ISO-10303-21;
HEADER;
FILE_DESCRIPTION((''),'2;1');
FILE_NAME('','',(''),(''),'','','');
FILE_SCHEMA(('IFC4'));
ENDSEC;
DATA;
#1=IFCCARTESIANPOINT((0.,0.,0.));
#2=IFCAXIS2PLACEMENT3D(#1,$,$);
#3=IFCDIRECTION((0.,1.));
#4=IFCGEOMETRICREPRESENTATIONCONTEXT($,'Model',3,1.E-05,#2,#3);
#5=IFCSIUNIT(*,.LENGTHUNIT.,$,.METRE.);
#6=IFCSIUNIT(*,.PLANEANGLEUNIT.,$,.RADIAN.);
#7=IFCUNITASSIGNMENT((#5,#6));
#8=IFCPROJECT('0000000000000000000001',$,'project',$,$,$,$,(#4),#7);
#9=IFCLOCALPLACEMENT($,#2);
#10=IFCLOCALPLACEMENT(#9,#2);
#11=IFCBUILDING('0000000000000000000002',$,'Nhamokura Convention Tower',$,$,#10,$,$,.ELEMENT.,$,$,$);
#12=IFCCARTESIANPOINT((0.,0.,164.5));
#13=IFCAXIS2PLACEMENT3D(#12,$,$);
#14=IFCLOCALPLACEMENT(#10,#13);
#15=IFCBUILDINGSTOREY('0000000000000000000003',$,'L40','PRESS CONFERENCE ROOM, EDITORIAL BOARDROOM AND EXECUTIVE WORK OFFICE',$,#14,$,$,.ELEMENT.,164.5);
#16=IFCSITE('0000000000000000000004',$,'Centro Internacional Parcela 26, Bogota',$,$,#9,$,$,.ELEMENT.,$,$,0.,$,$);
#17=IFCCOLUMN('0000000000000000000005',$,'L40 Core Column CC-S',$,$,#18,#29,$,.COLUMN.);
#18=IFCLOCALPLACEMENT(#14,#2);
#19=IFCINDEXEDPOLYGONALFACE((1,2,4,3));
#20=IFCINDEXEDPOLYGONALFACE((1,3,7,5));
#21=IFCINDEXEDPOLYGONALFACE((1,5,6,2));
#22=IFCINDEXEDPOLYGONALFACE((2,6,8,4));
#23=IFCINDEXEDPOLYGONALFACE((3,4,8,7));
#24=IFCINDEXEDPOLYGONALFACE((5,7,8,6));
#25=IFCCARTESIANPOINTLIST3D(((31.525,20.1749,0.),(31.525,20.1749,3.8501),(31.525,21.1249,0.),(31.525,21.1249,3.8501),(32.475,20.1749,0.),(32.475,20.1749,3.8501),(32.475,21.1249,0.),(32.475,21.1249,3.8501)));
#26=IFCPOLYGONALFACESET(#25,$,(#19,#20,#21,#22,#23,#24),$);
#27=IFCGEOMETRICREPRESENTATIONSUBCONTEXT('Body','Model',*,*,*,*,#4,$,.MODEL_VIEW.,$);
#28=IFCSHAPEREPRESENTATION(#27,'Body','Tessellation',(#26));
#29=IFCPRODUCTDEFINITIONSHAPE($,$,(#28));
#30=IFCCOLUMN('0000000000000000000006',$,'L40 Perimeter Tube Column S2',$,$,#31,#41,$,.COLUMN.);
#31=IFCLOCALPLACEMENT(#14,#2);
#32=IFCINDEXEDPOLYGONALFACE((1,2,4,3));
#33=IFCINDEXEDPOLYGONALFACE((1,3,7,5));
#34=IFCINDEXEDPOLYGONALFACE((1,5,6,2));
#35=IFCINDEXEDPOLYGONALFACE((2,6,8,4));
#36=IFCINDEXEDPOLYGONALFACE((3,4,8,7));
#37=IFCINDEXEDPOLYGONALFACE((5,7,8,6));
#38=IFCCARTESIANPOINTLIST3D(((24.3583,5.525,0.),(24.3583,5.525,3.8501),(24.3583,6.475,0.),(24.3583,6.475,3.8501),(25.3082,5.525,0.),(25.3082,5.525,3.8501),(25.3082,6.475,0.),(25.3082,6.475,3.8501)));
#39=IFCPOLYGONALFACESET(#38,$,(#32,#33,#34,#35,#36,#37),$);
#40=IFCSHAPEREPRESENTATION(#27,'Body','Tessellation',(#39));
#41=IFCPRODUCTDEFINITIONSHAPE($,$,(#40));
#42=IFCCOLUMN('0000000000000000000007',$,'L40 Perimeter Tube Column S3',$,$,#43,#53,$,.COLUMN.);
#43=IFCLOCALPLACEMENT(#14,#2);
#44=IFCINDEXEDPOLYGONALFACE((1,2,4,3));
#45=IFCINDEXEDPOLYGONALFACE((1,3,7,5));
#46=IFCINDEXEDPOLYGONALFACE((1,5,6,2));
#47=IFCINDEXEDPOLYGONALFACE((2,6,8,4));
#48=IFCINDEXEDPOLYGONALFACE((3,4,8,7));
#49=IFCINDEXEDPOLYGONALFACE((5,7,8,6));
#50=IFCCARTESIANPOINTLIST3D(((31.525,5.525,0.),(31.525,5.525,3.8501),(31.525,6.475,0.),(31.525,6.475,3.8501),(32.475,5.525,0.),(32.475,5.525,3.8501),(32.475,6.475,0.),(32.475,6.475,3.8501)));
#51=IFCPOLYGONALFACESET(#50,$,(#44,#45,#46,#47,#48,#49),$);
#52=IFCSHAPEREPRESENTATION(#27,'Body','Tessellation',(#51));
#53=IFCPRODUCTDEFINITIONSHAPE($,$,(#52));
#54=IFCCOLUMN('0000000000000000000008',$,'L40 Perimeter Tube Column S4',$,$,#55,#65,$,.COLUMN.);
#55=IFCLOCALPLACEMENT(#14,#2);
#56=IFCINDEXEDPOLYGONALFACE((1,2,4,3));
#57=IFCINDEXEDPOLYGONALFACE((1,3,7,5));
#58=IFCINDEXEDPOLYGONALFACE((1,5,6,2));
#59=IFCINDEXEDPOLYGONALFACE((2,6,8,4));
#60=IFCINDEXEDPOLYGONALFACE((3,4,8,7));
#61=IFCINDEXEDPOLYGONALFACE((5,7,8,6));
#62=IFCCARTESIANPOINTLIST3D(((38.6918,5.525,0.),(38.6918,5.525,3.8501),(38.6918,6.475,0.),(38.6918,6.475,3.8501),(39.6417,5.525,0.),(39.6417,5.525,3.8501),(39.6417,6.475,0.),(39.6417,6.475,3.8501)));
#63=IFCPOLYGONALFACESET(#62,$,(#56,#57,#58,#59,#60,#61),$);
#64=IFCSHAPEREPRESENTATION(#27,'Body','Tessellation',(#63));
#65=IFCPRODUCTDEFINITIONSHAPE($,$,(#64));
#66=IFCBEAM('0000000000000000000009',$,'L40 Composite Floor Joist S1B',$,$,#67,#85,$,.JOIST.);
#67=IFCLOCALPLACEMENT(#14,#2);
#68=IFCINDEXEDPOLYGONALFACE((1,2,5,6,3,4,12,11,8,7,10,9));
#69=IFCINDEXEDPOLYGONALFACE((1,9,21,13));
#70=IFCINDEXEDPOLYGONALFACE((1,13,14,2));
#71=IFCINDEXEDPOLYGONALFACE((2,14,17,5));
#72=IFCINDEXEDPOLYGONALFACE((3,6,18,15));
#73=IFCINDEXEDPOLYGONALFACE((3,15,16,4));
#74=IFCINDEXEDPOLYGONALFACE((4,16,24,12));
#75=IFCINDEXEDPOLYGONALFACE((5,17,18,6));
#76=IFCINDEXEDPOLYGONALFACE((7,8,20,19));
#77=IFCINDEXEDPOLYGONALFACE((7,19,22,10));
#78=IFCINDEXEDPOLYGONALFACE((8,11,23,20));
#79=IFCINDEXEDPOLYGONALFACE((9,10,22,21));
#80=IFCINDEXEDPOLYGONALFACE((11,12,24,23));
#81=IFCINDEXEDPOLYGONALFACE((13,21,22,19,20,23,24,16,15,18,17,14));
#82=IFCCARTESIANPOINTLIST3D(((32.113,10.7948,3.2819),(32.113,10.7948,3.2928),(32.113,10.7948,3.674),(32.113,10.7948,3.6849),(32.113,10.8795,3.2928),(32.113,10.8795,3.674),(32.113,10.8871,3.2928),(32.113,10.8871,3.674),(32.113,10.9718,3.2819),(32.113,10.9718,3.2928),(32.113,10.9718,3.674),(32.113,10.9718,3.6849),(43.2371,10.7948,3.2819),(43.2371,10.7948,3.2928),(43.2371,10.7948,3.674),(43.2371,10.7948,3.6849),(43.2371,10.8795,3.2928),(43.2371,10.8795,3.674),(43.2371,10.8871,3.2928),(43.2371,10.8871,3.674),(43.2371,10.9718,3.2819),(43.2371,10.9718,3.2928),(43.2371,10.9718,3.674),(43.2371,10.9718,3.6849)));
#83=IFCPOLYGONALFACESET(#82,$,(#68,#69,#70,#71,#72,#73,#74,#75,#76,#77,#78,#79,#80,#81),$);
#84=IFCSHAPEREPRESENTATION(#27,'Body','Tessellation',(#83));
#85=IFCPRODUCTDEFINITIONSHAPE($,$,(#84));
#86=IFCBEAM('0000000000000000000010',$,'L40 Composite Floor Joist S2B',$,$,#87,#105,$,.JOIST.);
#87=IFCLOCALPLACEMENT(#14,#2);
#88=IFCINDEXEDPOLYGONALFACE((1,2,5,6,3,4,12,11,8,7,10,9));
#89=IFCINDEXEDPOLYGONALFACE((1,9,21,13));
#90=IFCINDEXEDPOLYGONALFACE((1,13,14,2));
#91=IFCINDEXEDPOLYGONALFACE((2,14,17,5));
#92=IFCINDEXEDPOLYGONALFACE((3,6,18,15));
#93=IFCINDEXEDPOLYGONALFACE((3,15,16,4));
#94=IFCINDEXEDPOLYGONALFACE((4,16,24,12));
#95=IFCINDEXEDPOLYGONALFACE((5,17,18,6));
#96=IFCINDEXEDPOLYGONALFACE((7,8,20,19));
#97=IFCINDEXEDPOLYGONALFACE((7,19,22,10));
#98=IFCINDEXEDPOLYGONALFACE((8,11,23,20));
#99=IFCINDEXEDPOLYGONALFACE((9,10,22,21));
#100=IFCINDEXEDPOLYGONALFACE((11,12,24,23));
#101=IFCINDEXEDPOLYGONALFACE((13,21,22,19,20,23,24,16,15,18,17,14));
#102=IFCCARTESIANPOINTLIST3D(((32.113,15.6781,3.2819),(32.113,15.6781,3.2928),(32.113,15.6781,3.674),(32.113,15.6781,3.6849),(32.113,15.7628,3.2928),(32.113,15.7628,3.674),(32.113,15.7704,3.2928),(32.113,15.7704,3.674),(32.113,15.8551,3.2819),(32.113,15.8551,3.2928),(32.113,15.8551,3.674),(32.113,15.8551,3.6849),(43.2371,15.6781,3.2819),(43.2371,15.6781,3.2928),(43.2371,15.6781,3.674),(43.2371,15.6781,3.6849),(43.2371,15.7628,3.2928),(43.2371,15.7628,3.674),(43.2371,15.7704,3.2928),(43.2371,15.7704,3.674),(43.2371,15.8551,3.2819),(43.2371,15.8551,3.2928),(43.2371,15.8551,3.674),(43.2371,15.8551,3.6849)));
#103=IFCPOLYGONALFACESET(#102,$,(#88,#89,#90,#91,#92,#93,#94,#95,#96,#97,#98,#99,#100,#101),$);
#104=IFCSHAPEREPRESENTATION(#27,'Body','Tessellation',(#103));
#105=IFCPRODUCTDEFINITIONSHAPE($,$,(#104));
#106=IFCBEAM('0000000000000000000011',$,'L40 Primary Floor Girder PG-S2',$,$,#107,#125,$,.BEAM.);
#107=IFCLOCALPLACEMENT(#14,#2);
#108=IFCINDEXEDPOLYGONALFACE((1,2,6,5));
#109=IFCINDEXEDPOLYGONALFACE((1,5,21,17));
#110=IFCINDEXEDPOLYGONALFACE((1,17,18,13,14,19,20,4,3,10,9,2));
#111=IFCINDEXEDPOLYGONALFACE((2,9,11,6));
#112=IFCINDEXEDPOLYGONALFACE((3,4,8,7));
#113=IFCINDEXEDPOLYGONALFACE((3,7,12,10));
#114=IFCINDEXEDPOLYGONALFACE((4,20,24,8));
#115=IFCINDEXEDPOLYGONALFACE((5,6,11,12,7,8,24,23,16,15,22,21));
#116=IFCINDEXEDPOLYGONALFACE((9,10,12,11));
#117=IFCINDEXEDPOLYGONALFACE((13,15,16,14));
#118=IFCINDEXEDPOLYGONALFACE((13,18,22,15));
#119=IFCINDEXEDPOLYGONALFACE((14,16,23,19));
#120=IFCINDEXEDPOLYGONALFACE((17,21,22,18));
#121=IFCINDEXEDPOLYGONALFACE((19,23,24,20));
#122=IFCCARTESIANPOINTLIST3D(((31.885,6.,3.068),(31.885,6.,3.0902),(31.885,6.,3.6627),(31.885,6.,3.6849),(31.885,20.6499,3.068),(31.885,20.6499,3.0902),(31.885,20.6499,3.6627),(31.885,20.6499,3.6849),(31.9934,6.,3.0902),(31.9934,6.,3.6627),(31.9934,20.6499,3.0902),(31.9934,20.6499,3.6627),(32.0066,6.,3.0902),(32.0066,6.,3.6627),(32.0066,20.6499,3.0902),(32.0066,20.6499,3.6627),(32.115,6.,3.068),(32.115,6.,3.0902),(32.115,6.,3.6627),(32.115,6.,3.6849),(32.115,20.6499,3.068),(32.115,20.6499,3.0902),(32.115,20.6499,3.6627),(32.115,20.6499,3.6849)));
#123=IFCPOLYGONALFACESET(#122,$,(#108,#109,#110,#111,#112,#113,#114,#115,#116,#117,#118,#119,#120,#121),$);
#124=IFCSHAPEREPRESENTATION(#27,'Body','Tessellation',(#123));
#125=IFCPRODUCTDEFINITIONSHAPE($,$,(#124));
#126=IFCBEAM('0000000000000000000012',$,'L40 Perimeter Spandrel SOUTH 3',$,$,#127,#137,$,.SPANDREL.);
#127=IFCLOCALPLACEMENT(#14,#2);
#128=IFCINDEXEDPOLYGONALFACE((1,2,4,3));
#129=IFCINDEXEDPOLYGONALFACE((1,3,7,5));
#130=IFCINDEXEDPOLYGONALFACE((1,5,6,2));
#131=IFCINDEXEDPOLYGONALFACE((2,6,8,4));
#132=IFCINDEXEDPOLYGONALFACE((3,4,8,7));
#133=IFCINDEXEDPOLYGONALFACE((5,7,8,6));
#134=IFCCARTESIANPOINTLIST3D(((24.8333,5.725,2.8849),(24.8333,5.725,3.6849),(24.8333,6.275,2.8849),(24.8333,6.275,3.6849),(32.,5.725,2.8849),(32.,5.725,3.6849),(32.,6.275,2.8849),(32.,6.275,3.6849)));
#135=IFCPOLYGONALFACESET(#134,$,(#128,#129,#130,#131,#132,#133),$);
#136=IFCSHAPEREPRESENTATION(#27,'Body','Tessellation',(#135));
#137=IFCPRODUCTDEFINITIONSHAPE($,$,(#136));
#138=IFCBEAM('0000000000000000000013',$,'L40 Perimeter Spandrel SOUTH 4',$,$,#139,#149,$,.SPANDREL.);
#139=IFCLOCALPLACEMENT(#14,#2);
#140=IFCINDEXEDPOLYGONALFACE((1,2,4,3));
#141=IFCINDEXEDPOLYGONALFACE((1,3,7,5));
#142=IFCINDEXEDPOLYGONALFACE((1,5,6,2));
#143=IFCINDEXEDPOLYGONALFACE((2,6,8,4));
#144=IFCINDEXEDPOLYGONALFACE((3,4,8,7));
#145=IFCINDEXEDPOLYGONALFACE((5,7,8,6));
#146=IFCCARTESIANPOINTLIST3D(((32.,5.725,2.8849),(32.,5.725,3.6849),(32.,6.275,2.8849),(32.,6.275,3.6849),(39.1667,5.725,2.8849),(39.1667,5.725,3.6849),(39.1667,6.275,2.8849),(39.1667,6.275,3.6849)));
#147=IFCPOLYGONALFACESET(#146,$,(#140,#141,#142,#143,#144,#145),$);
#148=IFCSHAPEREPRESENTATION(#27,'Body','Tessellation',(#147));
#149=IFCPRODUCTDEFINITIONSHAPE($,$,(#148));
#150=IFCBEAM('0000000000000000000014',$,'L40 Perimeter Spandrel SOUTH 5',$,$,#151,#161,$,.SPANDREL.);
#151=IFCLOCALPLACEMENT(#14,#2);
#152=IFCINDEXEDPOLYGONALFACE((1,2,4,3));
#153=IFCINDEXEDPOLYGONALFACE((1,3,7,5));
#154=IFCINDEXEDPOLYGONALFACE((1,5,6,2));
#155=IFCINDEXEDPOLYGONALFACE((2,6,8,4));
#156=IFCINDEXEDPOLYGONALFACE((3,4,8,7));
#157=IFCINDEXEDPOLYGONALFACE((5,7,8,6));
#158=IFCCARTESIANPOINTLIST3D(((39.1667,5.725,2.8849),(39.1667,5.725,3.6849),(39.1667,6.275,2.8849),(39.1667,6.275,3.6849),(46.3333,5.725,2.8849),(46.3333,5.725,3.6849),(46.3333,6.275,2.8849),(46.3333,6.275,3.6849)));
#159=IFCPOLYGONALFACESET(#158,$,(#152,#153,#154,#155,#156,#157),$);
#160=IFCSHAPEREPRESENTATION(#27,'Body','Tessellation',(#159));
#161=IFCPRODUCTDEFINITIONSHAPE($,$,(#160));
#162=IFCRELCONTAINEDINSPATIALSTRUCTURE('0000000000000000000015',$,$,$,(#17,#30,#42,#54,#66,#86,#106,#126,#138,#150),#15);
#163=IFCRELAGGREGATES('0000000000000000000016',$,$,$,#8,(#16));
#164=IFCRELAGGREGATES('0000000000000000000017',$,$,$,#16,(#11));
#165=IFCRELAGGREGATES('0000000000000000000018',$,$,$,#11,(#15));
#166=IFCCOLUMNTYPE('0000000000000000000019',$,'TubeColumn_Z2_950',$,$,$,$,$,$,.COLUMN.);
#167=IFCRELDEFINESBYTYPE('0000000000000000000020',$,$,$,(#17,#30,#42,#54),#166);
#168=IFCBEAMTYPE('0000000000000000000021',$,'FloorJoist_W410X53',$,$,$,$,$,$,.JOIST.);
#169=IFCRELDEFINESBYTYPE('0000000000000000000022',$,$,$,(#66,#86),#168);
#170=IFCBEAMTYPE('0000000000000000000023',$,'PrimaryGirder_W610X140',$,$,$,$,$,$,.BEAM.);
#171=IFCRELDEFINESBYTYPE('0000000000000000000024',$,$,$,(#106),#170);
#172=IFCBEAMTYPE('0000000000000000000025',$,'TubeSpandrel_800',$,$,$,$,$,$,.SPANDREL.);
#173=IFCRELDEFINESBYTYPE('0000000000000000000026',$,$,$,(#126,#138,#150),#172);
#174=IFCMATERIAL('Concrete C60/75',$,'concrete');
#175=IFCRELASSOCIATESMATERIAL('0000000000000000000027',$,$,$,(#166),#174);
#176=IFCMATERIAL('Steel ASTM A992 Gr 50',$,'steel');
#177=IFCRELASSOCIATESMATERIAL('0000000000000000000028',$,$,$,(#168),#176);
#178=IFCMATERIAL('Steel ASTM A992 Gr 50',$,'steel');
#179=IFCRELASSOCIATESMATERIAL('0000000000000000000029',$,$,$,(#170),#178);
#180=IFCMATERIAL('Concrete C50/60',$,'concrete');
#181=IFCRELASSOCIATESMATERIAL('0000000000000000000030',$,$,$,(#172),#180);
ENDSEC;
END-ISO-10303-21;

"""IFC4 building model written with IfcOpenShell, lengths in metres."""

from ifc_helpers import new_model, si_unit, direction, frame, origin, origin_2d, place, context, subcontext, project, spatial, rectangle, i_section, extrude, material, material_profile, profile_set, type_object, element, save


model = new_model("IFC4")

# Units and contexts
model_context = context("Model", 3, precision=1e-05, world=origin(), true_north=direction((0.0, 1.0)))
body_context = subcontext(model_context, "Body", "Model", "MODEL_VIEW")
ifc_project = project(units=[si_unit("LENGTHUNIT", "METRE"), si_unit("PLANEANGLEUNIT", "RADIAN")], contexts=[model_context])

# Site, building, storey
site_placement = place(None, origin())
site = spatial("IfcSite", under=ifc_project, at=site_placement, Name="Centro Internacional Parcela 26, Bogota", CompositionType="ELEMENT", RefElevation=0.0)
building_placement = place(site_placement, origin())
building = spatial("IfcBuilding", under=site, at=building_placement, Name="Nhamokura Convention Tower", CompositionType="ELEMENT")
storey_placement = place(building_placement, frame((0.0, 0.0, 164.5)))
storey = spatial("IfcBuildingStorey", under=building, at=storey_placement, Name="L40", Description="PRESS CONFERENCE ROOM, EDITORIAL BOARDROOM AND EXECUTIVE WORK OFFICE", CompositionType="ELEMENT", Elevation=164.5)

# Columns
ifc_material_1 = material(Name="Concrete C60/75", Category="concrete")
ifc_material_profile_1 = material_profile(ifc_material_1, rectangle(XDim=0.95, YDim=0.95, at=origin_2d()))
ifc_profile_set_1 = profile_set([ifc_material_profile_1], Name="Concrete C60/75")
column_type = type_object("IfcColumnType", Name="TubeColumn_Z2_950", PredefinedType="COLUMN", material=ifc_profile_set_1)
for number, where, z_axis, x_axis, name in (
    (1, (32.0, 20.6499, 0.0), (0.0, 0.0, 1.0), (1.0, 0.0, 0.0), "L40 Core Column CC-S"),
    (2, (24.8333, 6.0, 0.0), (0.0, 0.0, 1.0), (1.0, 0.0, 0.0), "L40 Perimeter Tube Column S2"),
    (3, (32.0, 6.0, 0.0), (0.0, 0.0, 1.0), (1.0, 0.0, 0.0), "L40 Perimeter Tube Column S3"),
    (4, (39.1667, 6.0, 0.0), (0.0, 0.0, 1.0), (1.0, 0.0, 0.0), "L40 Perimeter Tube Column S4"),
):
    element("IfcColumn", number, at=place(storey_placement, frame(where, z_axis=z_axis, x_axis=x_axis)), inside=storey, type_object=column_type, Name=name, PredefinedType="COLUMN", context=body_context, shape_type="SweptSolid", body=[
        extrude(rectangle(XDim=0.95, YDim=0.95, at=origin_2d()), origin(), (0.0, 0.0, 1.0), 3.8501),
    ])

# Beams
ifc_material_2 = material(Name="Steel ASTM A992 Gr 50", Category="steel")
ifc_material_profile_2 = material_profile(ifc_material_2, i_section(OverallWidth=0.177, OverallDepth=0.4031, WebThickness=0.0076, FlangeThickness=0.011, at=origin_2d()))
ifc_profile_set_2 = profile_set([ifc_material_profile_2], Name="Steel ASTM A992 Gr 50")
beam_type_1 = type_object("IfcBeamType", Name="FloorJoist_W410X53", PredefinedType="JOIST", material=ifc_profile_set_2)
for number, where, z_axis, x_axis, name in (
    (5, (32.113, 10.8833, 3.4834), (1.0, 0.0, 0.0), (0.0, 1.0, 0.0), "L40 Composite Floor Joist S1B"),
    (6, (32.113, 15.7666, 3.4834), (1.0, 0.0, 0.0), (0.0, 1.0, 0.0), "L40 Composite Floor Joist S2B"),
):
    element("IfcBeam", number, at=place(storey_placement, frame(where, z_axis=z_axis, x_axis=x_axis)), inside=storey, type_object=beam_type_1, Name=name, PredefinedType="JOIST", context=body_context, shape_type="SweptSolid", body=[
        extrude(i_section(OverallWidth=0.177, OverallDepth=0.4031, WebThickness=0.0076, FlangeThickness=0.011, at=origin_2d()), origin(), (0.0, 0.0, 1.0), 11.124),
    ])
ifc_material_3 = material(Name="Steel ASTM A992 Gr 50", Category="steel")
ifc_material_profile_3 = material_profile(ifc_material_3, i_section(OverallWidth=0.23, OverallDepth=0.6169, WebThickness=0.0132, FlangeThickness=0.0222, at=origin_2d()))
ifc_profile_set_3 = profile_set([ifc_material_profile_3], Name="Steel ASTM A992 Gr 50")
beam_type_2 = type_object("IfcBeamType", Name="PrimaryGirder_W610X140", PredefinedType="BEAM", material=ifc_profile_set_3)
beam_1_placement = place(storey_placement, frame((32.0, 6.0, 3.3765), z_axis=(0.0, 1.0, 0.0), x_axis=(-1.0, 0.0, 0.0)))
element("IfcBeam", 7, at=beam_1_placement, inside=storey, type_object=beam_type_2, Name="L40 Primary Floor Girder PG-S2", PredefinedType="BEAM", context=body_context, shape_type="SweptSolid", body=[
    extrude(i_section(OverallWidth=0.23, OverallDepth=0.6169, WebThickness=0.0132, FlangeThickness=0.0222, at=origin_2d()), origin(), (0.0, 0.0, 1.0), 14.6499),
])
ifc_material_4 = material(Name="Concrete C50/60", Category="concrete")
ifc_material_profile_4 = material_profile(ifc_material_4, rectangle(XDim=0.55, YDim=0.8, at=origin_2d()))
ifc_profile_set_4 = profile_set([ifc_material_profile_4], Name="Concrete C50/60")
beam_type_3 = type_object("IfcBeamType", Name="TubeSpandrel_800", PredefinedType="SPANDREL", material=ifc_profile_set_4)
for number, where, z_axis, x_axis, name in (
    (8, (24.8333, 6.0, 3.2849), (1.0, 0.0, 0.0), (0.0, 1.0, 0.0), "L40 Perimeter Spandrel SOUTH 3"),
    (9, (32.0, 6.0, 3.2849), (1.0, 0.0, 0.0), (0.0, 1.0, 0.0), "L40 Perimeter Spandrel SOUTH 4"),
):
    element("IfcBeam", number, at=place(storey_placement, frame(where, z_axis=z_axis, x_axis=x_axis)), inside=storey, type_object=beam_type_3, Name=name, PredefinedType="SPANDREL", context=body_context, shape_type="SweptSolid", body=[
        extrude(rectangle(XDim=0.55, YDim=0.8, at=origin_2d()), origin(), (0.0, 0.0, 1.0), 7.1667),
    ])
beam_2_placement = place(storey_placement, frame((39.1667, 6.0, 3.2849), z_axis=(1.0, 0.0, 0.0), x_axis=(0.0, 1.0, 0.0)))
element("IfcBeam", 10, at=beam_2_placement, inside=storey, type_object=beam_type_3, Name="L40 Perimeter Spandrel SOUTH 5", PredefinedType="SPANDREL", context=body_context, shape_type="SweptSolid", body=[
    extrude(rectangle(XDim=0.55, YDim=0.8, at=origin_2d()), origin(), (0.0, 0.0, 1.0), 7.1665),
])

save(model, "model.ifc")
